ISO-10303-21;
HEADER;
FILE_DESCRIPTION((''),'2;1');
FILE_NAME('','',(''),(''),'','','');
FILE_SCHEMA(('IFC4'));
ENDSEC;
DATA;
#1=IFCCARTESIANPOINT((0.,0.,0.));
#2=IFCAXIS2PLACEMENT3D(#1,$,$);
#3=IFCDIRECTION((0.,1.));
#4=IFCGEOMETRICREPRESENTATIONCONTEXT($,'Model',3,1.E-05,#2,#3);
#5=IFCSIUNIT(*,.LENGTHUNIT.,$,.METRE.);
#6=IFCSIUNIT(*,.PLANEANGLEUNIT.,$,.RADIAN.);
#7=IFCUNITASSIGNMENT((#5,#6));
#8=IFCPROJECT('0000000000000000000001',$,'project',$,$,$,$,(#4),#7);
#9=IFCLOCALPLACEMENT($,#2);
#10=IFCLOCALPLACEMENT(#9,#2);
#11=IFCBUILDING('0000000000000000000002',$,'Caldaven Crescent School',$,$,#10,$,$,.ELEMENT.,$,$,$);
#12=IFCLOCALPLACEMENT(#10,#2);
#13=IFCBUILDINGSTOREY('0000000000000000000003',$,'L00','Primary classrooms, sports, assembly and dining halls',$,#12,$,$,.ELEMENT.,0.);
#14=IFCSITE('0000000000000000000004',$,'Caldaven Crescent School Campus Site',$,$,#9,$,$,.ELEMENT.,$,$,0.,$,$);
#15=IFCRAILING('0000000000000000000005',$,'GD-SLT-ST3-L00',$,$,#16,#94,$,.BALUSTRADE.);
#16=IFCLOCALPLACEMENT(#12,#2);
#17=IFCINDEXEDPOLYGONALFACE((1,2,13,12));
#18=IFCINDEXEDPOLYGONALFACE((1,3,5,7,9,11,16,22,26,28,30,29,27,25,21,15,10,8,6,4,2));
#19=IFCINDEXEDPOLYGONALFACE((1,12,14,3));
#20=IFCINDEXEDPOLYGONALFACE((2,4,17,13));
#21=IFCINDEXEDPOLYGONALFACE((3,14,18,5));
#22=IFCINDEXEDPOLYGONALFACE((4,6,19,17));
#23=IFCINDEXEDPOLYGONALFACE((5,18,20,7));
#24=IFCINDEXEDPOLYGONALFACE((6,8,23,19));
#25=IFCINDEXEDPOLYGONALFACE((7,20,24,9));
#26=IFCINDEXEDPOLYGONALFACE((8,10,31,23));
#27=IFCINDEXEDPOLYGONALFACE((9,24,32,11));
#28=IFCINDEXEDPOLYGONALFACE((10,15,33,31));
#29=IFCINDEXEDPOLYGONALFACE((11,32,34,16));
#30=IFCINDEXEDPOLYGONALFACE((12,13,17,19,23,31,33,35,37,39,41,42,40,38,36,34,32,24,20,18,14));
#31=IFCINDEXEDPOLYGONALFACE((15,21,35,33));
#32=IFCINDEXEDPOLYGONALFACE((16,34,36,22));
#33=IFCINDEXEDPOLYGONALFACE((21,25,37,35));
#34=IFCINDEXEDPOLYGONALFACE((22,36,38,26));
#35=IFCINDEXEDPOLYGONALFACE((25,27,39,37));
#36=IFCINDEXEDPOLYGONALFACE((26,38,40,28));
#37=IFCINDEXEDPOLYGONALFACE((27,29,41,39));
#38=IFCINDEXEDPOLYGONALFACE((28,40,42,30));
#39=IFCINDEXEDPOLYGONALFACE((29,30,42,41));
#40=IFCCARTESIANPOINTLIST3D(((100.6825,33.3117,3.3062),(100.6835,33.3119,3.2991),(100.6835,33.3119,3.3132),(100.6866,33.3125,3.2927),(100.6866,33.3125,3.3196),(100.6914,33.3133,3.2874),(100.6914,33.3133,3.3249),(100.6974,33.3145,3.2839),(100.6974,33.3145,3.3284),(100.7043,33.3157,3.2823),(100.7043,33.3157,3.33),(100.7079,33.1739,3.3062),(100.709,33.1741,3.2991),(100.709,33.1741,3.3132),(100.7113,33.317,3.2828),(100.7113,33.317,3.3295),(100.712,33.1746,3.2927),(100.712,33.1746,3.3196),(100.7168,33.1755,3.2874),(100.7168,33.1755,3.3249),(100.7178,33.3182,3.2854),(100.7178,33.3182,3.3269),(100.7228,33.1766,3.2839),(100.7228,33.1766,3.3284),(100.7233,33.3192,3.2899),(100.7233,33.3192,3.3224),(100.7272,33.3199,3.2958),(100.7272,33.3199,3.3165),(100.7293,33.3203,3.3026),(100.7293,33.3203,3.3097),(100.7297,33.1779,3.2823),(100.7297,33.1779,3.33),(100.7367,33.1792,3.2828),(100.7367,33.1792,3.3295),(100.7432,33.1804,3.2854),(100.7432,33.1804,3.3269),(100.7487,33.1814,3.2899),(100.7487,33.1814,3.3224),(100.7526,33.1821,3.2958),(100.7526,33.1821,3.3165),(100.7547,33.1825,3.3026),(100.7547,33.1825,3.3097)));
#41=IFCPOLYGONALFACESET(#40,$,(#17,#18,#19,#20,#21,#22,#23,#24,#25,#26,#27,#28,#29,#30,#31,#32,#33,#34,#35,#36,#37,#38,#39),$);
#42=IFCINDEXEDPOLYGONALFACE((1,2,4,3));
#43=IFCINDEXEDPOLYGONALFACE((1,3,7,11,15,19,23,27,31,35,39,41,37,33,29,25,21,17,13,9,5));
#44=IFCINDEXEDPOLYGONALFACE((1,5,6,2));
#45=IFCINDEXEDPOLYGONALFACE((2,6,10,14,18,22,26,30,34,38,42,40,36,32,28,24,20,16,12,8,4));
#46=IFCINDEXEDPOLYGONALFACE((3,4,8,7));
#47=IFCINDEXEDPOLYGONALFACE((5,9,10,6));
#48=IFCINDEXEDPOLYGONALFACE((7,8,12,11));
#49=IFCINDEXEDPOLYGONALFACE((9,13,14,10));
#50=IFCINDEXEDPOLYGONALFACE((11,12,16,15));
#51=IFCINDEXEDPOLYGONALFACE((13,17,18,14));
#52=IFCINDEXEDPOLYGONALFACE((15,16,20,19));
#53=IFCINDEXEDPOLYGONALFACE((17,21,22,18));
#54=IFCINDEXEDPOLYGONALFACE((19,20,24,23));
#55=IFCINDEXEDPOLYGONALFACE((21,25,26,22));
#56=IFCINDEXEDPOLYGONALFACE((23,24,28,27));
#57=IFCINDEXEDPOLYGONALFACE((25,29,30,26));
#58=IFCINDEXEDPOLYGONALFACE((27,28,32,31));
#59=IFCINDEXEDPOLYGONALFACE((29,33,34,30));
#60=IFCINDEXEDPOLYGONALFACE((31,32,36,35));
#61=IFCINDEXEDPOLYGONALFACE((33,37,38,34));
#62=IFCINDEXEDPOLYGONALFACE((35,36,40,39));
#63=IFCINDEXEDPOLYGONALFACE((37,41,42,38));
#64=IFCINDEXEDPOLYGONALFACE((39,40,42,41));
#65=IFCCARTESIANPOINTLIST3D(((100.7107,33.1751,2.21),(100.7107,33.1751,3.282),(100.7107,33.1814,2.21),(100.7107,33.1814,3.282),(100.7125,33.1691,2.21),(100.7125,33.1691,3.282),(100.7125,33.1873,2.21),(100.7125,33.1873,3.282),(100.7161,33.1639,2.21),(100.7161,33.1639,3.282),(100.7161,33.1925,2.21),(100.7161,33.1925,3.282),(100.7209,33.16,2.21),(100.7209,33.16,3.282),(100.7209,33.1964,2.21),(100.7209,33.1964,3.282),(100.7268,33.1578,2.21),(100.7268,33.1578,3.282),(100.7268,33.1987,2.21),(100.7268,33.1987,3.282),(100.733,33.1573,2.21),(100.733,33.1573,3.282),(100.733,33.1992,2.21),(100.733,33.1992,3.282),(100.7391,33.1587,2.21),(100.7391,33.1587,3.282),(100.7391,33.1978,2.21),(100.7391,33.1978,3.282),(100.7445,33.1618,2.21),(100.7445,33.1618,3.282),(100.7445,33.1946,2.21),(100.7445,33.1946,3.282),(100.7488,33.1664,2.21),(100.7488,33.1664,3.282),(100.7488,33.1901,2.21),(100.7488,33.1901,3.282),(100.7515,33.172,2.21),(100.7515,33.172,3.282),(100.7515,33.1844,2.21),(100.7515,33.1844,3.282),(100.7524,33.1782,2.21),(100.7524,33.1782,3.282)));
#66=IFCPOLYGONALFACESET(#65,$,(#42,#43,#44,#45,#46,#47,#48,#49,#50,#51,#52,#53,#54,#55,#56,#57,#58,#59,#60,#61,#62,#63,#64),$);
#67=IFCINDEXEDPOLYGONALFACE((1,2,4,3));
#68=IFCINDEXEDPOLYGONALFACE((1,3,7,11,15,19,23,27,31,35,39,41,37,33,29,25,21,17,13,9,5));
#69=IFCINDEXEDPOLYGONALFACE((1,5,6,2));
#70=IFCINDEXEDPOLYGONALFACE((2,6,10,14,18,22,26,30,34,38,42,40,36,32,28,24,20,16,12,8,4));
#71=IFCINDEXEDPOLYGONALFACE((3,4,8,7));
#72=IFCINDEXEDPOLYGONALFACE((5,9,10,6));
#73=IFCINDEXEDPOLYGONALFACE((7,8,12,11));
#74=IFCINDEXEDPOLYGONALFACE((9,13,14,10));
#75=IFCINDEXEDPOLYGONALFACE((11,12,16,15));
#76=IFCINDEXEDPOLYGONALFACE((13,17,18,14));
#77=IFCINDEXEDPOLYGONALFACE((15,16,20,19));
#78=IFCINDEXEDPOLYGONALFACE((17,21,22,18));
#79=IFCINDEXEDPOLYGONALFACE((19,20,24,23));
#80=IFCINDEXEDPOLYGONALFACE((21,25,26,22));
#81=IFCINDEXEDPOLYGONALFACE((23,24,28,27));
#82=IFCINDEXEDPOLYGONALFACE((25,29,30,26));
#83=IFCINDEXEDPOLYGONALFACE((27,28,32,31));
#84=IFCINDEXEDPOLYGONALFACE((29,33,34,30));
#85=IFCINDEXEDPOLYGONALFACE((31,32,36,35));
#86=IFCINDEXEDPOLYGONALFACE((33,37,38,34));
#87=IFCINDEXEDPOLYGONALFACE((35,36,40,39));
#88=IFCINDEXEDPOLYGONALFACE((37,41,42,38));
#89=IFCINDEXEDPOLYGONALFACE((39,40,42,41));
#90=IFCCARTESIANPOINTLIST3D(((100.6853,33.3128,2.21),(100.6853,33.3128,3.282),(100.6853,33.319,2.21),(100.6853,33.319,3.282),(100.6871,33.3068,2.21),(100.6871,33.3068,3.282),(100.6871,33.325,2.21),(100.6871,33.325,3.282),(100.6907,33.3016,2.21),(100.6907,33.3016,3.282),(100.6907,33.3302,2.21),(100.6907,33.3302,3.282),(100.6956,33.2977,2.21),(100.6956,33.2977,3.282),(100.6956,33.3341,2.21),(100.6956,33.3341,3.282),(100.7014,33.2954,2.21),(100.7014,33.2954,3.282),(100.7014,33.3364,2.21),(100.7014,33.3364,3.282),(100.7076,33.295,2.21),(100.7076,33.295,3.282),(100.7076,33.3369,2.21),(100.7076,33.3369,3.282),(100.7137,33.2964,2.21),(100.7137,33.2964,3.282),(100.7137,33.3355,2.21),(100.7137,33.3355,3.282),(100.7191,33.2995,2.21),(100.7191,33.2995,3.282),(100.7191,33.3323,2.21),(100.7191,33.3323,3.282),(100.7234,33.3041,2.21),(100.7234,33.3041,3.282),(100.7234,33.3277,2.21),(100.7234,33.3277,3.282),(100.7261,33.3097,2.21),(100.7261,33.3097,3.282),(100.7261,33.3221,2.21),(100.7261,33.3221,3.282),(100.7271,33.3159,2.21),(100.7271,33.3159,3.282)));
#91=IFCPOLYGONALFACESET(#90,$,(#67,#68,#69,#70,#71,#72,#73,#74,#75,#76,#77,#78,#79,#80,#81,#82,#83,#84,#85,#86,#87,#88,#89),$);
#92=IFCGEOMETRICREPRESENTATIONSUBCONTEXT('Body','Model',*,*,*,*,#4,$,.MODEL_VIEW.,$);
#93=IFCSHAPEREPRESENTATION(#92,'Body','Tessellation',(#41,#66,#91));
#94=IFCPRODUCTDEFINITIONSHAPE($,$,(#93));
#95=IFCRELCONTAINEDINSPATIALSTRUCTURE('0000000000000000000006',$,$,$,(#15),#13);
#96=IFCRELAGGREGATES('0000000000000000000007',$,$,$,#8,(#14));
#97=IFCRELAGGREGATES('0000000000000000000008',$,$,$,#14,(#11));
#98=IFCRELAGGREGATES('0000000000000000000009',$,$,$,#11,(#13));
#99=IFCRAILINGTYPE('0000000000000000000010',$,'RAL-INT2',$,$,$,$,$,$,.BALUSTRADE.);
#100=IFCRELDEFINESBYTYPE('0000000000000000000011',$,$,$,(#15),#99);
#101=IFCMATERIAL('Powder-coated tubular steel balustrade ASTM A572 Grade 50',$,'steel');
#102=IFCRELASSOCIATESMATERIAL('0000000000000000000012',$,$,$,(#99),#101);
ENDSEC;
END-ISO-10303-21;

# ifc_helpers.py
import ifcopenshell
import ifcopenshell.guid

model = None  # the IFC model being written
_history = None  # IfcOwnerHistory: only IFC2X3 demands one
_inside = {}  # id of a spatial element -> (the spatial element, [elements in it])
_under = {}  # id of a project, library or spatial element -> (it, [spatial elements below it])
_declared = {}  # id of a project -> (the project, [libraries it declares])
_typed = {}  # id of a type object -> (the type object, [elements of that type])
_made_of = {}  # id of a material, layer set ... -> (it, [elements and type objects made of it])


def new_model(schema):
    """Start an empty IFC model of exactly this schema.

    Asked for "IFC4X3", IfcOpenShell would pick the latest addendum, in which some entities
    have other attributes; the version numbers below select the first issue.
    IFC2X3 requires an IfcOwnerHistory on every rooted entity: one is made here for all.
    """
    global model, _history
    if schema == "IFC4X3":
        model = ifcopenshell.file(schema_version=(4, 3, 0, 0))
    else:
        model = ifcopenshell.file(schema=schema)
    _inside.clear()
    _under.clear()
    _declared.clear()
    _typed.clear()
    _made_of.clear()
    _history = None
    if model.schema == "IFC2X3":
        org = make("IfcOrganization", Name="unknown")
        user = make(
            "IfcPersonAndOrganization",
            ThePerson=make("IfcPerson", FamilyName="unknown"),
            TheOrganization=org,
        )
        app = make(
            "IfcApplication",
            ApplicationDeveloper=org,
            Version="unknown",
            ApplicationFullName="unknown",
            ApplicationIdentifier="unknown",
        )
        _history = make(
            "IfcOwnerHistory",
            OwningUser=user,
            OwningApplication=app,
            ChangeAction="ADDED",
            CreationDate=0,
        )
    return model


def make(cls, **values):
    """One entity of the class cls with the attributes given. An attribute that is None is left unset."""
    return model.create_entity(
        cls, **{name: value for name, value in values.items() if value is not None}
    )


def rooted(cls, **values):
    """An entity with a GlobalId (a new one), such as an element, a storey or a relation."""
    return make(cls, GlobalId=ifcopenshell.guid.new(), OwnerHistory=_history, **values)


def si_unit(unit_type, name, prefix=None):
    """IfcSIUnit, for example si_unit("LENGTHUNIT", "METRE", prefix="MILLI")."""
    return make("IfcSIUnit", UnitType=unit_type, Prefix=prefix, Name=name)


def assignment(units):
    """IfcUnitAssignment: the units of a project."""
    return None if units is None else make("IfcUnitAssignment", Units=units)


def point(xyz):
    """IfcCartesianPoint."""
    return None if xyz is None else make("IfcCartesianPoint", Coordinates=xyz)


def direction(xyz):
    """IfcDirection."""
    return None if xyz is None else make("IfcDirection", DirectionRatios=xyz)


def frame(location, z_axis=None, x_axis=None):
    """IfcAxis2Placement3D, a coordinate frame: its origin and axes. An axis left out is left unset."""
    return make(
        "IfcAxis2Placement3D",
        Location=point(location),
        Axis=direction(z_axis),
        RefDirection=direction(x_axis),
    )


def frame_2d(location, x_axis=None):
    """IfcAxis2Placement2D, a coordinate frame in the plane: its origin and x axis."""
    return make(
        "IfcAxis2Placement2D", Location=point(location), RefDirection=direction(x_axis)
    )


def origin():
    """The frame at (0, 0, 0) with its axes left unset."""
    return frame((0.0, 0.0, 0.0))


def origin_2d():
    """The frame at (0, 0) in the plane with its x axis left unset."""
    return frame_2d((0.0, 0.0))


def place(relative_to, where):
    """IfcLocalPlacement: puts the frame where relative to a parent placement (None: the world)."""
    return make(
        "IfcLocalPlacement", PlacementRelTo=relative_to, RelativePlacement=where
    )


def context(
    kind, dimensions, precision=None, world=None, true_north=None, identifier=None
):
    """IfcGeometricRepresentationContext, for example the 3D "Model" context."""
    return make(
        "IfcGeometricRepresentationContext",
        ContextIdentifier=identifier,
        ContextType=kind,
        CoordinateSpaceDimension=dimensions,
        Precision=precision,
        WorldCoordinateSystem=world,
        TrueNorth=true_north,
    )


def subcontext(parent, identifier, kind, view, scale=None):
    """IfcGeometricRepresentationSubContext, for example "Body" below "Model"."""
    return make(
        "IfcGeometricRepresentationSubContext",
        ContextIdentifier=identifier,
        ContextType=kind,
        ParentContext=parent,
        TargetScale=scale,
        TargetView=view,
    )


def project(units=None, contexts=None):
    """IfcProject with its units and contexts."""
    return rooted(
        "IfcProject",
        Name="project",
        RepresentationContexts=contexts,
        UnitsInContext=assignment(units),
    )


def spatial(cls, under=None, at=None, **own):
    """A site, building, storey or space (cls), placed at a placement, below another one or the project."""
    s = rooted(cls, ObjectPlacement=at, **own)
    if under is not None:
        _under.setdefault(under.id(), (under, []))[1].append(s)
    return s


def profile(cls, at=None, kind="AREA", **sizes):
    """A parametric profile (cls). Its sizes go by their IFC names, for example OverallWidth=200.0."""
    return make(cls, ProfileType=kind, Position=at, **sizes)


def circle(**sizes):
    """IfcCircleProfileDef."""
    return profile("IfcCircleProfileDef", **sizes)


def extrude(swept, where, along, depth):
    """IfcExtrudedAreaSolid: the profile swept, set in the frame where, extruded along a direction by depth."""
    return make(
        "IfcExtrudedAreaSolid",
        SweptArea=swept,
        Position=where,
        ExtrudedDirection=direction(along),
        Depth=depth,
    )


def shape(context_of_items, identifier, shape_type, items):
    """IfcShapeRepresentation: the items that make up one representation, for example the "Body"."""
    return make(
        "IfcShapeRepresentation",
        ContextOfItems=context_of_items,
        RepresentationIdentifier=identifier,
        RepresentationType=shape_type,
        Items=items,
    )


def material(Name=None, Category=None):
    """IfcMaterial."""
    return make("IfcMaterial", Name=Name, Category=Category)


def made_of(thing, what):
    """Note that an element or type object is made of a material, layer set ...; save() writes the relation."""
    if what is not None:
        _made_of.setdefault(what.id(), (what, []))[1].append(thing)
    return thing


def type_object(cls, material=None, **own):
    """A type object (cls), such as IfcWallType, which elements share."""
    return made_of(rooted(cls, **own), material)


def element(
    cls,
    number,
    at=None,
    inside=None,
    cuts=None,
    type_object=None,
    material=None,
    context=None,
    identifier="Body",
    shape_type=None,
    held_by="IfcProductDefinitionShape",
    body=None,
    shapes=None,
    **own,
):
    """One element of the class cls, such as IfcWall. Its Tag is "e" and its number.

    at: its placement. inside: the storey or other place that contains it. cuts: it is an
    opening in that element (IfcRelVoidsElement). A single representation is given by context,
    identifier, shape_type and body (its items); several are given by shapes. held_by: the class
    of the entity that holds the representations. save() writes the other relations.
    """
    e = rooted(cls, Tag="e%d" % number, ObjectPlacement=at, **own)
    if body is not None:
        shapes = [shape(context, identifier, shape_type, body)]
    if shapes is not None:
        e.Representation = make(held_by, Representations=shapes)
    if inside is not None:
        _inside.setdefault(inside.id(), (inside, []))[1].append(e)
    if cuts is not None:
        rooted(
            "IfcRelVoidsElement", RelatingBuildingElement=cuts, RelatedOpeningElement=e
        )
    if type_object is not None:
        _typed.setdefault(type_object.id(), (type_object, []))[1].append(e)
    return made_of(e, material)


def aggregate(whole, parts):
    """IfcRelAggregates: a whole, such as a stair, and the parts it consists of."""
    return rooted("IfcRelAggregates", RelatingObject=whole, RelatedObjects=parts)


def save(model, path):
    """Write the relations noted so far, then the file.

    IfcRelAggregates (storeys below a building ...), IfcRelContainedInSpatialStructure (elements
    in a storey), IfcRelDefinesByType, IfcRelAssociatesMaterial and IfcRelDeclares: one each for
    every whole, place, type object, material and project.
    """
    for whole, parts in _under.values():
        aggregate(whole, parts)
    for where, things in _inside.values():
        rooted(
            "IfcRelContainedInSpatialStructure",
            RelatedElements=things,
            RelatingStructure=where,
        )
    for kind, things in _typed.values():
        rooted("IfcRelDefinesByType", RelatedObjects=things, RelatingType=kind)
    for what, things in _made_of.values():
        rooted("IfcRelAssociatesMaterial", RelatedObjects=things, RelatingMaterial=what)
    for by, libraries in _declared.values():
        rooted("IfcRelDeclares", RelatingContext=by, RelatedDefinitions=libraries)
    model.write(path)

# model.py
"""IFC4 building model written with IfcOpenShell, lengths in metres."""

from ifc_helpers import new_model, si_unit, direction, frame, origin, origin_2d, place, context, subcontext, project, spatial, circle, extrude, material, type_object, element, save


model = new_model("IFC4")

# Units and contexts
model_context = context("Model", 3, precision=1e-05, world=origin(), true_north=direction((0.0, 1.0)))
body_context = subcontext(model_context, "Body", "Model", "MODEL_VIEW")
ifc_project = project(units=[si_unit("LENGTHUNIT", "METRE"), si_unit("PLANEANGLEUNIT", "RADIAN")], contexts=[model_context])

# Site, building, storey
site_placement = place(None, origin())
site = spatial("IfcSite", under=ifc_project, at=site_placement, Name="Caldaven Crescent School Campus Site", CompositionType="ELEMENT", RefElevation=0.0)
building_placement = place(site_placement, origin())
building = spatial("IfcBuilding", under=site, at=building_placement, Name="Caldaven Crescent School", CompositionType="ELEMENT")
storey_placement = place(building_placement, origin())
storey = spatial("IfcBuildingStorey", under=building, at=storey_placement, Name="L00", Description="Primary classrooms, sports, assembly and dining halls", CompositionType="ELEMENT", Elevation=0.0)

# Railing
ifc_material_1 = material(Name="Powder-coated tubular steel balustrade ASTM A572 Grade 50", Category="steel")
railing_type_1 = type_object("IfcRailingType", Name="RAL-INT2", PredefinedType="BALUSTRADE", material=ifc_material_1)
railing_1_placement = place(storey_placement, frame((100.7314, 33.1782, 2.21)))
element("IfcRailing", 1, at=railing_1_placement, inside=storey, type_object=railing_type_1, Name="GD-SLT-ST3-L00", PredefinedType="BALUSTRADE", context=body_context, shape_type="SweptSolid", body=[
    extrude(circle(Radius=0.0239, at=origin_2d()), frame((0.0, 0.0, 1.0962), z_axis=(-0.18134, 0.98342, 0.0), x_axis=(-0.98342, -0.18134, 0.0)), (0.0, 0.0, 1.0), 0.1401),
    extrude(circle(Radius=0.021, at=origin_2d()), origin(), (0.0, 0.0, 1.0), 1.072),
    extrude(circle(Radius=0.021, at=origin_2d()), frame((-0.0254, 0.1377, 0.0)), (0.0, 0.0, 1.0), 1.072),
])

save(model, "model.ifc")
